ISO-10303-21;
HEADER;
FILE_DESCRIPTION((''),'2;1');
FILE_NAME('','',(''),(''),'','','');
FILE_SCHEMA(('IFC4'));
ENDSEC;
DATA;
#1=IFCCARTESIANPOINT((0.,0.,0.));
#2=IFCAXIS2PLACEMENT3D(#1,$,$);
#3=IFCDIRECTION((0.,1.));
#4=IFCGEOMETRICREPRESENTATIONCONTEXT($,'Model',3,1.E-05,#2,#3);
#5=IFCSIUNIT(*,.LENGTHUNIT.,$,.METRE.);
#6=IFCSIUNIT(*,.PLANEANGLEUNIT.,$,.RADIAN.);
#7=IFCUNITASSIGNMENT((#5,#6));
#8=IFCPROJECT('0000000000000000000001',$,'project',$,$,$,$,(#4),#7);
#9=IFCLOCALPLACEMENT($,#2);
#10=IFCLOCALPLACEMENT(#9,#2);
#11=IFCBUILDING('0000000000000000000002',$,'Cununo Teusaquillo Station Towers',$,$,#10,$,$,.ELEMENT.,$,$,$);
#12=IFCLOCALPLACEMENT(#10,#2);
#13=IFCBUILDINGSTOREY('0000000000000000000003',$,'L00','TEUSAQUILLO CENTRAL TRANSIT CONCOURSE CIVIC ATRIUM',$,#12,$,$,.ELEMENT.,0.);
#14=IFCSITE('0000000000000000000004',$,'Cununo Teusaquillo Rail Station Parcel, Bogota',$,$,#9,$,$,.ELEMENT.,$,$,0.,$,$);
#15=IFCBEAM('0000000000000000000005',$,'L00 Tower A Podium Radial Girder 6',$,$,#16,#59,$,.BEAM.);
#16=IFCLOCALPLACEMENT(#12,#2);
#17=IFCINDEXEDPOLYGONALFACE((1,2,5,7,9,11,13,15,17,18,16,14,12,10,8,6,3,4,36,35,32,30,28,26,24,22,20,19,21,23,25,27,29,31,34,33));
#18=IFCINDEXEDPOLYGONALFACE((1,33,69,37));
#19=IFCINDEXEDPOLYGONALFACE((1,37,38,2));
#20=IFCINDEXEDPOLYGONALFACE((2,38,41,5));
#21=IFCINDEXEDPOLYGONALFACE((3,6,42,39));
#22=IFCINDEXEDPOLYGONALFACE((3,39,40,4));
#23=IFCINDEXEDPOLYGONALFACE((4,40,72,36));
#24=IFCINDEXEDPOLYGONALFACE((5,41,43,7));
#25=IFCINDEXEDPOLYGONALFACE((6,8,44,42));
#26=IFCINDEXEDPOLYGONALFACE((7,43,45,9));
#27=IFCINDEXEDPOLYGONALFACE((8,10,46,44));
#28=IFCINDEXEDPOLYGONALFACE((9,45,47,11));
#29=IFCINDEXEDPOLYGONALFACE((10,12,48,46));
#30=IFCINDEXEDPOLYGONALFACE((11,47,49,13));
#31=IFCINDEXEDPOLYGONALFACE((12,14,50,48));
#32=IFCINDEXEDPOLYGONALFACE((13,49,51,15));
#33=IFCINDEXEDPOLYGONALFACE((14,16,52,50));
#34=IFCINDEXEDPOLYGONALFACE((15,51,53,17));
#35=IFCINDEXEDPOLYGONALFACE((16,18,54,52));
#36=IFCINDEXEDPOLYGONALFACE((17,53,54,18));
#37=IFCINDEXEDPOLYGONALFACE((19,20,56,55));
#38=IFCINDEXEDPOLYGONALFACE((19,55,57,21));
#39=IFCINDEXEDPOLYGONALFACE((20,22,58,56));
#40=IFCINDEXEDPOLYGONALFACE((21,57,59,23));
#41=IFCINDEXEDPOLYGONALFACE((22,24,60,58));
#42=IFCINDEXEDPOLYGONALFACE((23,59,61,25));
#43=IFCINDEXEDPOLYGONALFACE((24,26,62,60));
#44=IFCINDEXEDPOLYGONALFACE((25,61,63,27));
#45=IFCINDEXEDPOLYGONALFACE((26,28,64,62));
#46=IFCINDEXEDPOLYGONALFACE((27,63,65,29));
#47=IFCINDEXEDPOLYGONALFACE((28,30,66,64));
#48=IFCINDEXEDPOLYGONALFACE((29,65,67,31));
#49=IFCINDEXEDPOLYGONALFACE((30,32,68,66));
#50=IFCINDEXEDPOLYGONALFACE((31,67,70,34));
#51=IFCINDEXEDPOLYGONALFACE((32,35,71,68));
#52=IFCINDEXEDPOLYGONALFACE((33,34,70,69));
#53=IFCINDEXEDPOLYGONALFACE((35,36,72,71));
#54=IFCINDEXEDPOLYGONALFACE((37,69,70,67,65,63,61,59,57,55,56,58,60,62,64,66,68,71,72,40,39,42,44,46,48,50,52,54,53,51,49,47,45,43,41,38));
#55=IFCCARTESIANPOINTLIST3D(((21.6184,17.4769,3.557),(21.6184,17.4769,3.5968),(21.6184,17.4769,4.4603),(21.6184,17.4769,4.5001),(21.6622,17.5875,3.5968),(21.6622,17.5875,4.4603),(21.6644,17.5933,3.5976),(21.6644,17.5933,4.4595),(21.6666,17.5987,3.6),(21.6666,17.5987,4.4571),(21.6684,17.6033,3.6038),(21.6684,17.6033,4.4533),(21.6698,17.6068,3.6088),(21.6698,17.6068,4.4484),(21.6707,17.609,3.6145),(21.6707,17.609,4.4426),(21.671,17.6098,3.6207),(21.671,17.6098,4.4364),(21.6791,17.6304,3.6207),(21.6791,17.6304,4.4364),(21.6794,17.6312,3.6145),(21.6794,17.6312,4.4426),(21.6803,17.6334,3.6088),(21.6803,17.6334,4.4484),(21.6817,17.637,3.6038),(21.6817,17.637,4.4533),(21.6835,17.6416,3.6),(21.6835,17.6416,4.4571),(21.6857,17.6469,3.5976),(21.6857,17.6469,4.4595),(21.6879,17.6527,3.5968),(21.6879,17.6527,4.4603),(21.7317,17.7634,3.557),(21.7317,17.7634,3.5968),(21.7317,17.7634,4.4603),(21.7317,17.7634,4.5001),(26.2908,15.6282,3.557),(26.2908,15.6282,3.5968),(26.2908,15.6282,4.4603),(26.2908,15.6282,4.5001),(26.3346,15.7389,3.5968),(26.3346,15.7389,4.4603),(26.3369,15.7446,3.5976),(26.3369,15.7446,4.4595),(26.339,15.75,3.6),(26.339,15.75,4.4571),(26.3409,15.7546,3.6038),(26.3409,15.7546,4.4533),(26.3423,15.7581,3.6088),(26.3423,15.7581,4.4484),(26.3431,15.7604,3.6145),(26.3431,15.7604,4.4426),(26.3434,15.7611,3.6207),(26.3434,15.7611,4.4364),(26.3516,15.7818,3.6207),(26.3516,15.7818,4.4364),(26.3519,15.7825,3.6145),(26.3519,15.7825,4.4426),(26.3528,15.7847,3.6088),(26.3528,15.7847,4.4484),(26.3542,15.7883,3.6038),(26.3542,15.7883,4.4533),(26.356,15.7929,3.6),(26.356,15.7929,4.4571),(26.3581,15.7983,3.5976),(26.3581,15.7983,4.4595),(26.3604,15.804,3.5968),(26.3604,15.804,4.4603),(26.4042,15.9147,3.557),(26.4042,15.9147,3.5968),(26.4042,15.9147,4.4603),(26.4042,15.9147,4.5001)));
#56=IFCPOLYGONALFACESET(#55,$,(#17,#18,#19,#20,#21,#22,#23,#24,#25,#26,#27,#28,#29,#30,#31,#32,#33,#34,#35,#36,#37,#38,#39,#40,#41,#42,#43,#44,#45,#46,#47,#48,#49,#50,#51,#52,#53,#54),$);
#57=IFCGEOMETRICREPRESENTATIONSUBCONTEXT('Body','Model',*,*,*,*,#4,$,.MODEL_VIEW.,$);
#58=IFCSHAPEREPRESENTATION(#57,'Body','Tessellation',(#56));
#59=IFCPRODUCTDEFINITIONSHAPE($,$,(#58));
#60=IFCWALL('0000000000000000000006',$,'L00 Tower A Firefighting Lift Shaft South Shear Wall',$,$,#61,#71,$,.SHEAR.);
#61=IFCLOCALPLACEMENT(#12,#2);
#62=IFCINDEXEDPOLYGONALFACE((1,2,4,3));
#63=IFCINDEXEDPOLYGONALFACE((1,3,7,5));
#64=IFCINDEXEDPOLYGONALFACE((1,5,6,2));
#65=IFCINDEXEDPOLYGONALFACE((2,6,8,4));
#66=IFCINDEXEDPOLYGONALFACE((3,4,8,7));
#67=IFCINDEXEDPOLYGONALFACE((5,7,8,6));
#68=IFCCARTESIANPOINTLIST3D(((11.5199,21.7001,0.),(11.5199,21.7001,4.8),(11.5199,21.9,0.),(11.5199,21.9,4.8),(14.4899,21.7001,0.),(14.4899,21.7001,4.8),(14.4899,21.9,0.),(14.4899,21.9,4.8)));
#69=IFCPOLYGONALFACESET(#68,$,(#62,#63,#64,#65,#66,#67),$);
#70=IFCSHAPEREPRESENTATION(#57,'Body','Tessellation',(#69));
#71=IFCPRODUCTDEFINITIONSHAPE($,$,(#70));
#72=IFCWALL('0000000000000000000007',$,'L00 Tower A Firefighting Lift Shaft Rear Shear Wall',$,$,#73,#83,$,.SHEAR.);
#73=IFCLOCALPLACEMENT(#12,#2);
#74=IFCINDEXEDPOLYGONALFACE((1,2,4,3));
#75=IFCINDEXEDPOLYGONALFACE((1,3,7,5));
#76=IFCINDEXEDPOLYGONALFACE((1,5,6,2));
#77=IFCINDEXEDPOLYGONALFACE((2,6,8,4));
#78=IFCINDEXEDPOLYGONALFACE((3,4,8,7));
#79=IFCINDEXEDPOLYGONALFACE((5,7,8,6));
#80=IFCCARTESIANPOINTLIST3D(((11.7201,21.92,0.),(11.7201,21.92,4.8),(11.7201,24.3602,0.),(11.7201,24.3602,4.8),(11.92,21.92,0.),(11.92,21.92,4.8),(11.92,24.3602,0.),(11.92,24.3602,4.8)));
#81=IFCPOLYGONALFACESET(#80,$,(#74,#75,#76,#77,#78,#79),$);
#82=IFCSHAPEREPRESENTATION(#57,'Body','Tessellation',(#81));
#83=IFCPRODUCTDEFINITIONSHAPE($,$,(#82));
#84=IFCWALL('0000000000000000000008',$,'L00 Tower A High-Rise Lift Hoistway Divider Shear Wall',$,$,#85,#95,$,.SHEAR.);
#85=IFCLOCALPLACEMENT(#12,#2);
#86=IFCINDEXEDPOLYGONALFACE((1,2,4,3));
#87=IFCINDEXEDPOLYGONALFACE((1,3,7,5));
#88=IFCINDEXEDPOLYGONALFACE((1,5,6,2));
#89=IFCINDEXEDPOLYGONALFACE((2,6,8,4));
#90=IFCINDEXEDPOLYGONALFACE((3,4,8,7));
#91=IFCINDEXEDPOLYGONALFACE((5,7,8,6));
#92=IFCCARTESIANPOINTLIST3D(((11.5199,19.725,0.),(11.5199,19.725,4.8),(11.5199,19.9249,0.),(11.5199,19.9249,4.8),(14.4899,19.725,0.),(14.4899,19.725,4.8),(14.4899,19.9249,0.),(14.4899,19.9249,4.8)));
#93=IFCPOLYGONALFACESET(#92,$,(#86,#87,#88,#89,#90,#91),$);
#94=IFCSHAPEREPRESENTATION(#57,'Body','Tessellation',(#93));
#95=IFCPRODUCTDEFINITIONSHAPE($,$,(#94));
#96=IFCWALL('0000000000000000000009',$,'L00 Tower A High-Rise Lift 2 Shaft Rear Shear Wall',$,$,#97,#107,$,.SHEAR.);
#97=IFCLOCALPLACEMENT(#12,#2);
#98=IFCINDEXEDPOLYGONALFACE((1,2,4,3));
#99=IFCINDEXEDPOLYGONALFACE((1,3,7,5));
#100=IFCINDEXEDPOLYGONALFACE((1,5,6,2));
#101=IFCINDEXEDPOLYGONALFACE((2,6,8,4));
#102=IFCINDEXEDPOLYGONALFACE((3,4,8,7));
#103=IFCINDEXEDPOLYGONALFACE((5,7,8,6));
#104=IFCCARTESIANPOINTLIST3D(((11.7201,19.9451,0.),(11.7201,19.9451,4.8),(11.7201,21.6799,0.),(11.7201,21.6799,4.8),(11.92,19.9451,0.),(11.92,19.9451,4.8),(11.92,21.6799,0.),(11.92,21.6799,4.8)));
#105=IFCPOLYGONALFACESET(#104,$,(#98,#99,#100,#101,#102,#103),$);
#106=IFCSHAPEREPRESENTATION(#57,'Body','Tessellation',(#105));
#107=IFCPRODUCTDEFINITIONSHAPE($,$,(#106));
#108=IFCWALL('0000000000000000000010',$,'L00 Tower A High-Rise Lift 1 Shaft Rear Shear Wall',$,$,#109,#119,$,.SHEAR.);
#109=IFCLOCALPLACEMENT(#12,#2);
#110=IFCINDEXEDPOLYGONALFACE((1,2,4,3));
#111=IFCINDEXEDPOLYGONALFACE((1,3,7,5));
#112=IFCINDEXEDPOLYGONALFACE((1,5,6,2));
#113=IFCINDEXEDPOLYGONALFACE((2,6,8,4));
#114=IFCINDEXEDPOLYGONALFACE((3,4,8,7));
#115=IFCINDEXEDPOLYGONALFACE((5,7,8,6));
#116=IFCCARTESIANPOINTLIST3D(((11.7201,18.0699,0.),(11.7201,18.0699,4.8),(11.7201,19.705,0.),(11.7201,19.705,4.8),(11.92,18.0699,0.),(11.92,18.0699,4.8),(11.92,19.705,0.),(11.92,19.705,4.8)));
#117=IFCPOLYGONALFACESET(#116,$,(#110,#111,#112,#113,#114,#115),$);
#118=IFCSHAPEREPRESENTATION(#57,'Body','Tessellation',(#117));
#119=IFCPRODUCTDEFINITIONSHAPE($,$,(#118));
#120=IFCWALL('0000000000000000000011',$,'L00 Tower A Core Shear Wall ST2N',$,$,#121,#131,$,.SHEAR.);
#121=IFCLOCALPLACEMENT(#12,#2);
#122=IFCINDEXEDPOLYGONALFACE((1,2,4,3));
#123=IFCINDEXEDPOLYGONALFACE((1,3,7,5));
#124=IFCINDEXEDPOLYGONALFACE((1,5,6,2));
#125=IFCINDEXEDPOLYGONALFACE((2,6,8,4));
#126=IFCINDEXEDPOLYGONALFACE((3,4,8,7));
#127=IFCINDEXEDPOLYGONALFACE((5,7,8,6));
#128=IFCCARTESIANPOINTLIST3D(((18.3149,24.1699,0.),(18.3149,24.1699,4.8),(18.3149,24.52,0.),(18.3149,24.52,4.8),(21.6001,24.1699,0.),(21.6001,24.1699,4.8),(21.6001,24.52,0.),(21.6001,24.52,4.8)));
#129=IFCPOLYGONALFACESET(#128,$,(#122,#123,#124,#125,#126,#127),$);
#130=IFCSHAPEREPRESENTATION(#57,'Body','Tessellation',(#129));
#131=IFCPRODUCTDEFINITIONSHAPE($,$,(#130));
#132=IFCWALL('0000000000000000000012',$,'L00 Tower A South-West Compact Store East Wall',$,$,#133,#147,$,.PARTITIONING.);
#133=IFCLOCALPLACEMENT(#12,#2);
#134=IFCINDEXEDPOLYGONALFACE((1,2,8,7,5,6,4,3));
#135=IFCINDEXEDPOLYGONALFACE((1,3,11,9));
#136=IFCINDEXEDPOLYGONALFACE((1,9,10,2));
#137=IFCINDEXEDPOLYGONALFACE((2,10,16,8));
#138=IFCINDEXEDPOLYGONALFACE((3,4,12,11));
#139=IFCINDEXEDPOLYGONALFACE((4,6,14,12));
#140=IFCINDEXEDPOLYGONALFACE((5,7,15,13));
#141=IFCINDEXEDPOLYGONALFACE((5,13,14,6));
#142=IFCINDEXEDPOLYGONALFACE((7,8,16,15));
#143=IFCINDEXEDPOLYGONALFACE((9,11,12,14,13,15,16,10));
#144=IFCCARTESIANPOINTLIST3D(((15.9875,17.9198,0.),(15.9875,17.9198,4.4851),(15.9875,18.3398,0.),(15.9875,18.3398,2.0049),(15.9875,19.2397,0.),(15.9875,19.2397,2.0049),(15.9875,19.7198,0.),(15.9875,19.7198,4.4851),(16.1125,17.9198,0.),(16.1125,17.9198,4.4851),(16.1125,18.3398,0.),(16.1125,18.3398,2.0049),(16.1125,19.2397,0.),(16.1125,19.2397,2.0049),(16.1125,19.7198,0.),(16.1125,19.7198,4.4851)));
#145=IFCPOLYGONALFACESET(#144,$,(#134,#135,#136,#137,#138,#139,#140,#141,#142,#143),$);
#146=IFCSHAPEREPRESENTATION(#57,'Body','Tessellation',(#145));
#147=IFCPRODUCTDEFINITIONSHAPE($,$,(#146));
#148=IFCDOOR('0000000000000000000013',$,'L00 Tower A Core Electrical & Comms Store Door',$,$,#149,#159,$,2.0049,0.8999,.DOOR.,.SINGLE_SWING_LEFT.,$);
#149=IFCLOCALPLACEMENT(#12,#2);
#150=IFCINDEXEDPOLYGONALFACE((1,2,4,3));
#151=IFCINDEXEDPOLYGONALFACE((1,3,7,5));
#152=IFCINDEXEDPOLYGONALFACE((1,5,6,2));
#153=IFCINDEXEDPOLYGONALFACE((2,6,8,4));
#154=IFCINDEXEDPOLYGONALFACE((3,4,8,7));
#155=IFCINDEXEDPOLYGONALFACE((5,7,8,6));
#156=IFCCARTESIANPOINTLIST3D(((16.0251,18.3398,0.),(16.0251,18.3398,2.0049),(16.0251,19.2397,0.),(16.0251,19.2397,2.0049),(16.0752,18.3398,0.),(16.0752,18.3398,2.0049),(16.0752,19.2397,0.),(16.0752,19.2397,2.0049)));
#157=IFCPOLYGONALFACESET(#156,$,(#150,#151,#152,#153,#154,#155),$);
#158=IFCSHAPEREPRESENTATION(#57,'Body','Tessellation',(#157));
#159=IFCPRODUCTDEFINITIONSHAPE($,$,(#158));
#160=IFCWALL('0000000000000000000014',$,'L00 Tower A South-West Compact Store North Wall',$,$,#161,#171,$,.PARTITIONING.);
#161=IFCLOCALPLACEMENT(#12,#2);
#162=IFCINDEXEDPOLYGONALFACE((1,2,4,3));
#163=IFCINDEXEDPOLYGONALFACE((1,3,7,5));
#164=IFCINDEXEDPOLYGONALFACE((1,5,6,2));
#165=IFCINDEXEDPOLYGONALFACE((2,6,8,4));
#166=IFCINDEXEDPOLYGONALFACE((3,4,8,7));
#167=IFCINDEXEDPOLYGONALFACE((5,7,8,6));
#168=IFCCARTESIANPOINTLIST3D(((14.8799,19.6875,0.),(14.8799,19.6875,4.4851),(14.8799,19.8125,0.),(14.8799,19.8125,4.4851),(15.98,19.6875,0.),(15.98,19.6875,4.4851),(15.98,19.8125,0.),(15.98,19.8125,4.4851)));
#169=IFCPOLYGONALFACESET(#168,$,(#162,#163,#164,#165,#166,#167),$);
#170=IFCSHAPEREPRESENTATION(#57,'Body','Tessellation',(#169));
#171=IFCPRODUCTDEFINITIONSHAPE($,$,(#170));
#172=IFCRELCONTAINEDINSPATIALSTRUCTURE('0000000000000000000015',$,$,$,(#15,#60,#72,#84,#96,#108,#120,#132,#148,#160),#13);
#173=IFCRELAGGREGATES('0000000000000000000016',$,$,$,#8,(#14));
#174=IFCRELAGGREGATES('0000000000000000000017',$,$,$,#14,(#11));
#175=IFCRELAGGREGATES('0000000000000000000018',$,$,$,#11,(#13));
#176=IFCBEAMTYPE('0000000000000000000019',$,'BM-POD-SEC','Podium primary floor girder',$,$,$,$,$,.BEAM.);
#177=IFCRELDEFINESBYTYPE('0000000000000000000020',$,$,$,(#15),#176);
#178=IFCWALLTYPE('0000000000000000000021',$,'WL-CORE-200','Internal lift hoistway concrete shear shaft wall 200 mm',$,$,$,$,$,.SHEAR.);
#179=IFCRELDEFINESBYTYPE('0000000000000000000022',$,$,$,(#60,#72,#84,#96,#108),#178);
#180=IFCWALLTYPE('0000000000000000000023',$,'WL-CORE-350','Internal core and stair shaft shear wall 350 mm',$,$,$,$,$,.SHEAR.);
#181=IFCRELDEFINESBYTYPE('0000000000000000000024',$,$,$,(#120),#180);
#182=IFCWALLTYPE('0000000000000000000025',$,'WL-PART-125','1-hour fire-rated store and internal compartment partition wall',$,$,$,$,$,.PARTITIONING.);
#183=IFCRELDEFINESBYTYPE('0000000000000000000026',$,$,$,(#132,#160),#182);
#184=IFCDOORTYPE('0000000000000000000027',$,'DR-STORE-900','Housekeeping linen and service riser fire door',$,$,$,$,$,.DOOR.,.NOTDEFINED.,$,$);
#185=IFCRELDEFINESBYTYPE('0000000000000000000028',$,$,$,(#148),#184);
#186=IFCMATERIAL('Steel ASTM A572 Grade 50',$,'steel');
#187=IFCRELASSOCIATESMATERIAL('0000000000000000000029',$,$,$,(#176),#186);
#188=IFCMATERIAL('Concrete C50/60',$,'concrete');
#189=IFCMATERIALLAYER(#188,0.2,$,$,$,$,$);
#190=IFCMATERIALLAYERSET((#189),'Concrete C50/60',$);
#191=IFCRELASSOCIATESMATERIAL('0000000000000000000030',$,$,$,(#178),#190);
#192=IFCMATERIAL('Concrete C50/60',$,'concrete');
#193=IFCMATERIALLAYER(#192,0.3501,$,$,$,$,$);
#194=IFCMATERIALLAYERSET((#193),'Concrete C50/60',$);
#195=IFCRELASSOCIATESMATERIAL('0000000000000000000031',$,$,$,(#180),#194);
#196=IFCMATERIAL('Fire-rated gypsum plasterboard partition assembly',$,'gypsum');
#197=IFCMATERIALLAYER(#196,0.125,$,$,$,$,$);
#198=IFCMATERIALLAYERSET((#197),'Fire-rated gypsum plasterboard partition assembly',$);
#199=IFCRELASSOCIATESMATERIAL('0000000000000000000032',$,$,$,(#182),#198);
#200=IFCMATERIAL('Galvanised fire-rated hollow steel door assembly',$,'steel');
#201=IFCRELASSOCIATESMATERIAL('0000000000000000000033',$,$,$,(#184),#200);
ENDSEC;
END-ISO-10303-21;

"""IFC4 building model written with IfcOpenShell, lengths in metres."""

from ifc_helpers import new_model, si_unit, direction, frame, frame_2d, origin, origin_2d, place, context, subcontext, project, spatial, rectangle, i_section, extrude, source, transform, mapped, material, layer, layer_set, material_profile, profile_set, type_object, element, fill, save


model = new_model("IFC4")

# Units and contexts
model_context = context("Model", 3, precision=1e-05, world=origin(), true_north=direction((0.0, 1.0)))
body_context = subcontext(model_context, "Body", "Model", "MODEL_VIEW")
ifc_project = project(units=[si_unit("LENGTHUNIT", "METRE"), si_unit("PLANEANGLEUNIT", "RADIAN")], contexts=[model_context])

# Site, building, storey
site_placement = place(None, origin())
site = spatial("IfcSite", under=ifc_project, at=site_placement, Name="Cununo Teusaquillo Rail Station Parcel, Bogota", CompositionType="ELEMENT", RefElevation=0.0)
building_placement = place(site_placement, origin())
building = spatial("IfcBuilding", under=site, at=building_placement, Name="Cununo Teusaquillo Station Towers", CompositionType="ELEMENT")
storey_placement = place(building_placement, origin())
storey = spatial("IfcBuildingStorey", under=building, at=storey_placement, Name="L00", Description="TEUSAQUILLO CENTRAL TRANSIT CONCOURSE CIVIC ATRIUM", CompositionType="ELEMENT", Elevation=0.0)

# Beam
ifc_material_1 = material(Name="Steel ASTM A572 Grade 50", Category="steel")
ifc_material_profile = material_profile(ifc_material_1, i_section(OverallWidth=0.3081, OverallDepth=0.9431, WebThickness=0.0222, FlangeThickness=0.0398, FilletRadius=0.0239, at=origin_2d()), Name="W36X232")
ifc_profile_set = profile_set([ifc_material_profile], Name="Steel ASTM A572 Grade 50")
beam_type = type_object("IfcBeamType", Name="BM-POD-SEC", Description="Podium primary floor girder", PredefinedType="BEAM", material=ifc_profile_set)
beam_placement = place(storey_placement, frame((21.675, 17.6201, 4.0286), z_axis=(0.929864, -0.367903, 0.0), x_axis=(0.367903, 0.929864, 0.0)))
element("IfcBeam", 1, at=beam_placement, inside=storey, type_object=beam_type, Name="L00 Tower A Podium Radial Girder 6", PredefinedType="BEAM", context=body_context, shape_type="SweptSolid", body=[
    extrude(i_section(OverallWidth=0.3081, OverallDepth=0.9431, WebThickness=0.0222, FlangeThickness=0.0398, FilletRadius=0.0239, at=origin_2d()), origin(), (0.0, 0.0, 1.0), 5.0249),
])

# Walls
ifc_material_2 = material(Name="Concrete C50/60", Category="concrete")
ifc_layer_1 = layer(ifc_material_2, 0.2)
ifc_layer_set_1 = layer_set([ifc_layer_1], Name="Concrete C50/60")
wall_type_1 = type_object("IfcWallType", Name="WL-CORE-200", Description="Internal lift hoistway concrete shear shaft wall 200 mm", PredefinedType="SHEAR", material=ifc_layer_set_1)
wall_1_placement = place(storey_placement, frame((11.52, 21.8, 0.0), z_axis=(0.0, 0.0, 1.0), x_axis=(1.0, 0.0, 0.0)))
element("IfcWall", 2, at=wall_1_placement, inside=storey, type_object=wall_type_1, Name="L00 Tower A Firefighting Lift Shaft South Shear Wall", PredefinedType="SHEAR", context=body_context, shape_type="SweptSolid", body=[
    extrude(rectangle(XDim=2.97, YDim=0.2, at=frame_2d((1.4849, 0.0))), origin(), (0.0, 0.0, 1.0), 4.8),
])
wall_2_placement = place(storey_placement, frame((11.8201, 21.9199, 0.0), z_axis=(0.0, 0.0, 1.0), x_axis=(0.0, 1.0, 0.0)))
element("IfcWall", 3, at=wall_2_placement, inside=storey, type_object=wall_type_1, Name="L00 Tower A Firefighting Lift Shaft Rear Shear Wall", PredefinedType="SHEAR", context=body_context, shape_type="SweptSolid", body=[
    extrude(rectangle(XDim=2.4402, YDim=0.2, at=frame_2d((1.2202, 0.0))), origin(), (0.0, 0.0, 1.0), 4.8),
])
wall_3_placement = place(storey_placement, frame((11.52, 19.825, 0.0), z_axis=(0.0, 0.0, 1.0), x_axis=(1.0, 0.0, 0.0)))
element("IfcWall", 4, at=wall_3_placement, inside=storey, type_object=wall_type_1, Name="L00 Tower A High-Rise Lift Hoistway Divider Shear Wall", PredefinedType="SHEAR", context=body_context, shape_type="SweptSolid", body=[
    extrude(rectangle(XDim=2.97, YDim=0.2, at=frame_2d((1.4849, 0.0))), origin(), (0.0, 0.0, 1.0), 4.8),
])
wall_4_placement = place(storey_placement, frame((11.8201, 19.9451, 0.0), z_axis=(0.0, 0.0, 1.0), x_axis=(0.0, 1.0, 0.0)))
element("IfcWall", 5, at=wall_4_placement, inside=storey, type_object=wall_type_1, Name="L00 Tower A High-Rise Lift 2 Shaft Rear Shear Wall", PredefinedType="SHEAR", context=body_context, shape_type="SweptSolid", body=[
    extrude(rectangle(XDim=1.7349, YDim=0.2, at=frame_2d((0.8674, 0.0))), origin(), (0.0, 0.0, 1.0), 4.8),
])
wall_5_placement = place(storey_placement, frame((11.8201, 18.0701, 0.0), z_axis=(0.0, 0.0, 1.0), x_axis=(0.0, 1.0, 0.0)))
element("IfcWall", 6, at=wall_5_placement, inside=storey, type_object=wall_type_1, Name="L00 Tower A High-Rise Lift 1 Shaft Rear Shear Wall", PredefinedType="SHEAR", context=body_context, shape_type="SweptSolid", body=[
    extrude(rectangle(XDim=1.635, YDim=0.2, at=frame_2d((0.8174, 0.0))), origin(), (0.0, 0.0, 1.0), 4.8),
])
ifc_material_3 = material(Name="Concrete C50/60", Category="concrete")
ifc_layer_2 = layer(ifc_material_3, 0.3501)
ifc_layer_set_2 = layer_set([ifc_layer_2], Name="Concrete C50/60")
wall_type_2 = type_object("IfcWallType", Name="WL-CORE-350", Description="Internal core and stair shaft shear wall 350 mm", PredefinedType="SHEAR", material=ifc_layer_set_2)
wall_6_placement = place(storey_placement, frame((18.3149, 24.345, 0.0), z_axis=(0.0, 0.0, 1.0), x_axis=(1.0, 0.0, 0.0)))
element("IfcWall", 7, at=wall_6_placement, inside=storey, type_object=wall_type_2, Name="L00 Tower A Core Shear Wall ST2N", PredefinedType="SHEAR", context=body_context, shape_type="SweptSolid", body=[
    extrude(rectangle(XDim=3.2852, YDim=0.3501, at=frame_2d((1.6426, 0.0))), origin(), (0.0, 0.0, 1.0), 4.8),
])

# Wall, opening, door
ifc_material_4 = material(Name="Fire-rated gypsum plasterboard partition assembly", Category="gypsum")
ifc_layer_3 = layer(ifc_material_4, 0.125)
ifc_layer_set_3 = layer_set([ifc_layer_3], Name="Fire-rated gypsum plasterboard partition assembly")
wall_type_3 = type_object("IfcWallType", Name="WL-PART-125", Description="1-hour fire-rated store and internal compartment partition wall", PredefinedType="PARTITIONING", material=ifc_layer_set_3)
wall_7_placement = place(storey_placement, frame((16.05, 17.9199, 0.0), z_axis=(0.0, 0.0, 1.0), x_axis=(0.0, 1.0, 0.0)))
wall_7 = element("IfcWall", 8, at=wall_7_placement, inside=storey, type_object=wall_type_3, Name="L00 Tower A South-West Compact Store East Wall", PredefinedType="PARTITIONING", context=body_context, shape_type="SweptSolid", body=[
    extrude(rectangle(XDim=1.8, YDim=0.125, at=frame_2d((0.8999, 0.0))), origin(), (0.0, 0.0, 1.0), 4.4851),
])
shared_shape_1 = source(origin(), body_context, "Body", "SweptSolid", [
    extrude(rectangle(XDim=0.8999, YDim=2.0049, at=frame_2d((0.45, 1.0024))), frame((0.0, 0.0725, 0.0), z_axis=(0.0, -1.0, 0.0), x_axis=(1.0, 0.0, 0.0)), (0.0, 0.0, 1.0), 0.145),
])
opening_1_placement = place(wall_7_placement, frame((0.4199, 0.0, 0.0)))
opening_1 = element("IfcOpeningElement", 9, at=opening_1_placement, cuts=wall_7, PredefinedType="OPENING", context=body_context, shape_type="MappedRepresentation", body=[
    mapped(shared_shape_1, transform((0.0, 0.0, 0.0), x_axis=(1.0, 0.0, 0.0), y_axis=(0.0, 1.0, 0.0), z_axis=(0.0, 0.0, 1.0), scale=1.0)),
])
ifc_material_5 = material(Name="Galvanised fire-rated hollow steel door assembly", Category="steel")
door_type_1 = type_object("IfcDoorType", Name="DR-STORE-900", Description="Housekeeping linen and service riser fire door", OperationType="NOTDEFINED", PredefinedType="DOOR", material=ifc_material_5)
shared_shape_2 = source(origin(), body_context, "Body", "SweptSolid", [
    extrude(rectangle(XDim=0.8999, YDim=2.0049, at=frame_2d((0.45, 1.0024))), frame((0.0, 0.0249, 0.0), z_axis=(0.0, -1.0, 0.0), x_axis=(1.0, 0.0, 0.0)), (0.0, 0.0, 1.0), 0.05),
])
door_1_placement = place(opening_1_placement, origin())
door_1 = element("IfcDoor", 10, at=door_1_placement, inside=storey, type_object=door_type_1, Name="L00 Tower A Core Electrical & Comms Store Door", OperationType="SINGLE_SWING_LEFT", OverallHeight=2.0049, OverallWidth=0.8999, PredefinedType="DOOR", context=body_context, shape_type="MappedRepresentation", body=[
    mapped(shared_shape_2, transform((0.0, 0.0, 0.0), x_axis=(1.0, 0.0, 0.0), y_axis=(0.0, 1.0, 0.0), z_axis=(0.0, 0.0, 1.0), scale=1.0)),
])
fill(opening_1, door_1)

# Wall
wall_8_placement = place(storey_placement, frame((14.8799, 19.75, 0.0), z_axis=(0.0, 0.0, 1.0), x_axis=(1.0, 0.0, 0.0)))
element("IfcWall", 11, at=wall_8_placement, inside=storey, type_object=wall_type_3, Name="L00 Tower A South-West Compact Store North Wall", PredefinedType="PARTITIONING", context=body_context, shape_type="SweptSolid", body=[
    extrude(rectangle(XDim=1.1001, YDim=0.125, at=frame_2d((0.55, 0.0))), origin(), (0.0, 0.0, 1.0), 4.4851),
])

save(model, "model.ifc")
